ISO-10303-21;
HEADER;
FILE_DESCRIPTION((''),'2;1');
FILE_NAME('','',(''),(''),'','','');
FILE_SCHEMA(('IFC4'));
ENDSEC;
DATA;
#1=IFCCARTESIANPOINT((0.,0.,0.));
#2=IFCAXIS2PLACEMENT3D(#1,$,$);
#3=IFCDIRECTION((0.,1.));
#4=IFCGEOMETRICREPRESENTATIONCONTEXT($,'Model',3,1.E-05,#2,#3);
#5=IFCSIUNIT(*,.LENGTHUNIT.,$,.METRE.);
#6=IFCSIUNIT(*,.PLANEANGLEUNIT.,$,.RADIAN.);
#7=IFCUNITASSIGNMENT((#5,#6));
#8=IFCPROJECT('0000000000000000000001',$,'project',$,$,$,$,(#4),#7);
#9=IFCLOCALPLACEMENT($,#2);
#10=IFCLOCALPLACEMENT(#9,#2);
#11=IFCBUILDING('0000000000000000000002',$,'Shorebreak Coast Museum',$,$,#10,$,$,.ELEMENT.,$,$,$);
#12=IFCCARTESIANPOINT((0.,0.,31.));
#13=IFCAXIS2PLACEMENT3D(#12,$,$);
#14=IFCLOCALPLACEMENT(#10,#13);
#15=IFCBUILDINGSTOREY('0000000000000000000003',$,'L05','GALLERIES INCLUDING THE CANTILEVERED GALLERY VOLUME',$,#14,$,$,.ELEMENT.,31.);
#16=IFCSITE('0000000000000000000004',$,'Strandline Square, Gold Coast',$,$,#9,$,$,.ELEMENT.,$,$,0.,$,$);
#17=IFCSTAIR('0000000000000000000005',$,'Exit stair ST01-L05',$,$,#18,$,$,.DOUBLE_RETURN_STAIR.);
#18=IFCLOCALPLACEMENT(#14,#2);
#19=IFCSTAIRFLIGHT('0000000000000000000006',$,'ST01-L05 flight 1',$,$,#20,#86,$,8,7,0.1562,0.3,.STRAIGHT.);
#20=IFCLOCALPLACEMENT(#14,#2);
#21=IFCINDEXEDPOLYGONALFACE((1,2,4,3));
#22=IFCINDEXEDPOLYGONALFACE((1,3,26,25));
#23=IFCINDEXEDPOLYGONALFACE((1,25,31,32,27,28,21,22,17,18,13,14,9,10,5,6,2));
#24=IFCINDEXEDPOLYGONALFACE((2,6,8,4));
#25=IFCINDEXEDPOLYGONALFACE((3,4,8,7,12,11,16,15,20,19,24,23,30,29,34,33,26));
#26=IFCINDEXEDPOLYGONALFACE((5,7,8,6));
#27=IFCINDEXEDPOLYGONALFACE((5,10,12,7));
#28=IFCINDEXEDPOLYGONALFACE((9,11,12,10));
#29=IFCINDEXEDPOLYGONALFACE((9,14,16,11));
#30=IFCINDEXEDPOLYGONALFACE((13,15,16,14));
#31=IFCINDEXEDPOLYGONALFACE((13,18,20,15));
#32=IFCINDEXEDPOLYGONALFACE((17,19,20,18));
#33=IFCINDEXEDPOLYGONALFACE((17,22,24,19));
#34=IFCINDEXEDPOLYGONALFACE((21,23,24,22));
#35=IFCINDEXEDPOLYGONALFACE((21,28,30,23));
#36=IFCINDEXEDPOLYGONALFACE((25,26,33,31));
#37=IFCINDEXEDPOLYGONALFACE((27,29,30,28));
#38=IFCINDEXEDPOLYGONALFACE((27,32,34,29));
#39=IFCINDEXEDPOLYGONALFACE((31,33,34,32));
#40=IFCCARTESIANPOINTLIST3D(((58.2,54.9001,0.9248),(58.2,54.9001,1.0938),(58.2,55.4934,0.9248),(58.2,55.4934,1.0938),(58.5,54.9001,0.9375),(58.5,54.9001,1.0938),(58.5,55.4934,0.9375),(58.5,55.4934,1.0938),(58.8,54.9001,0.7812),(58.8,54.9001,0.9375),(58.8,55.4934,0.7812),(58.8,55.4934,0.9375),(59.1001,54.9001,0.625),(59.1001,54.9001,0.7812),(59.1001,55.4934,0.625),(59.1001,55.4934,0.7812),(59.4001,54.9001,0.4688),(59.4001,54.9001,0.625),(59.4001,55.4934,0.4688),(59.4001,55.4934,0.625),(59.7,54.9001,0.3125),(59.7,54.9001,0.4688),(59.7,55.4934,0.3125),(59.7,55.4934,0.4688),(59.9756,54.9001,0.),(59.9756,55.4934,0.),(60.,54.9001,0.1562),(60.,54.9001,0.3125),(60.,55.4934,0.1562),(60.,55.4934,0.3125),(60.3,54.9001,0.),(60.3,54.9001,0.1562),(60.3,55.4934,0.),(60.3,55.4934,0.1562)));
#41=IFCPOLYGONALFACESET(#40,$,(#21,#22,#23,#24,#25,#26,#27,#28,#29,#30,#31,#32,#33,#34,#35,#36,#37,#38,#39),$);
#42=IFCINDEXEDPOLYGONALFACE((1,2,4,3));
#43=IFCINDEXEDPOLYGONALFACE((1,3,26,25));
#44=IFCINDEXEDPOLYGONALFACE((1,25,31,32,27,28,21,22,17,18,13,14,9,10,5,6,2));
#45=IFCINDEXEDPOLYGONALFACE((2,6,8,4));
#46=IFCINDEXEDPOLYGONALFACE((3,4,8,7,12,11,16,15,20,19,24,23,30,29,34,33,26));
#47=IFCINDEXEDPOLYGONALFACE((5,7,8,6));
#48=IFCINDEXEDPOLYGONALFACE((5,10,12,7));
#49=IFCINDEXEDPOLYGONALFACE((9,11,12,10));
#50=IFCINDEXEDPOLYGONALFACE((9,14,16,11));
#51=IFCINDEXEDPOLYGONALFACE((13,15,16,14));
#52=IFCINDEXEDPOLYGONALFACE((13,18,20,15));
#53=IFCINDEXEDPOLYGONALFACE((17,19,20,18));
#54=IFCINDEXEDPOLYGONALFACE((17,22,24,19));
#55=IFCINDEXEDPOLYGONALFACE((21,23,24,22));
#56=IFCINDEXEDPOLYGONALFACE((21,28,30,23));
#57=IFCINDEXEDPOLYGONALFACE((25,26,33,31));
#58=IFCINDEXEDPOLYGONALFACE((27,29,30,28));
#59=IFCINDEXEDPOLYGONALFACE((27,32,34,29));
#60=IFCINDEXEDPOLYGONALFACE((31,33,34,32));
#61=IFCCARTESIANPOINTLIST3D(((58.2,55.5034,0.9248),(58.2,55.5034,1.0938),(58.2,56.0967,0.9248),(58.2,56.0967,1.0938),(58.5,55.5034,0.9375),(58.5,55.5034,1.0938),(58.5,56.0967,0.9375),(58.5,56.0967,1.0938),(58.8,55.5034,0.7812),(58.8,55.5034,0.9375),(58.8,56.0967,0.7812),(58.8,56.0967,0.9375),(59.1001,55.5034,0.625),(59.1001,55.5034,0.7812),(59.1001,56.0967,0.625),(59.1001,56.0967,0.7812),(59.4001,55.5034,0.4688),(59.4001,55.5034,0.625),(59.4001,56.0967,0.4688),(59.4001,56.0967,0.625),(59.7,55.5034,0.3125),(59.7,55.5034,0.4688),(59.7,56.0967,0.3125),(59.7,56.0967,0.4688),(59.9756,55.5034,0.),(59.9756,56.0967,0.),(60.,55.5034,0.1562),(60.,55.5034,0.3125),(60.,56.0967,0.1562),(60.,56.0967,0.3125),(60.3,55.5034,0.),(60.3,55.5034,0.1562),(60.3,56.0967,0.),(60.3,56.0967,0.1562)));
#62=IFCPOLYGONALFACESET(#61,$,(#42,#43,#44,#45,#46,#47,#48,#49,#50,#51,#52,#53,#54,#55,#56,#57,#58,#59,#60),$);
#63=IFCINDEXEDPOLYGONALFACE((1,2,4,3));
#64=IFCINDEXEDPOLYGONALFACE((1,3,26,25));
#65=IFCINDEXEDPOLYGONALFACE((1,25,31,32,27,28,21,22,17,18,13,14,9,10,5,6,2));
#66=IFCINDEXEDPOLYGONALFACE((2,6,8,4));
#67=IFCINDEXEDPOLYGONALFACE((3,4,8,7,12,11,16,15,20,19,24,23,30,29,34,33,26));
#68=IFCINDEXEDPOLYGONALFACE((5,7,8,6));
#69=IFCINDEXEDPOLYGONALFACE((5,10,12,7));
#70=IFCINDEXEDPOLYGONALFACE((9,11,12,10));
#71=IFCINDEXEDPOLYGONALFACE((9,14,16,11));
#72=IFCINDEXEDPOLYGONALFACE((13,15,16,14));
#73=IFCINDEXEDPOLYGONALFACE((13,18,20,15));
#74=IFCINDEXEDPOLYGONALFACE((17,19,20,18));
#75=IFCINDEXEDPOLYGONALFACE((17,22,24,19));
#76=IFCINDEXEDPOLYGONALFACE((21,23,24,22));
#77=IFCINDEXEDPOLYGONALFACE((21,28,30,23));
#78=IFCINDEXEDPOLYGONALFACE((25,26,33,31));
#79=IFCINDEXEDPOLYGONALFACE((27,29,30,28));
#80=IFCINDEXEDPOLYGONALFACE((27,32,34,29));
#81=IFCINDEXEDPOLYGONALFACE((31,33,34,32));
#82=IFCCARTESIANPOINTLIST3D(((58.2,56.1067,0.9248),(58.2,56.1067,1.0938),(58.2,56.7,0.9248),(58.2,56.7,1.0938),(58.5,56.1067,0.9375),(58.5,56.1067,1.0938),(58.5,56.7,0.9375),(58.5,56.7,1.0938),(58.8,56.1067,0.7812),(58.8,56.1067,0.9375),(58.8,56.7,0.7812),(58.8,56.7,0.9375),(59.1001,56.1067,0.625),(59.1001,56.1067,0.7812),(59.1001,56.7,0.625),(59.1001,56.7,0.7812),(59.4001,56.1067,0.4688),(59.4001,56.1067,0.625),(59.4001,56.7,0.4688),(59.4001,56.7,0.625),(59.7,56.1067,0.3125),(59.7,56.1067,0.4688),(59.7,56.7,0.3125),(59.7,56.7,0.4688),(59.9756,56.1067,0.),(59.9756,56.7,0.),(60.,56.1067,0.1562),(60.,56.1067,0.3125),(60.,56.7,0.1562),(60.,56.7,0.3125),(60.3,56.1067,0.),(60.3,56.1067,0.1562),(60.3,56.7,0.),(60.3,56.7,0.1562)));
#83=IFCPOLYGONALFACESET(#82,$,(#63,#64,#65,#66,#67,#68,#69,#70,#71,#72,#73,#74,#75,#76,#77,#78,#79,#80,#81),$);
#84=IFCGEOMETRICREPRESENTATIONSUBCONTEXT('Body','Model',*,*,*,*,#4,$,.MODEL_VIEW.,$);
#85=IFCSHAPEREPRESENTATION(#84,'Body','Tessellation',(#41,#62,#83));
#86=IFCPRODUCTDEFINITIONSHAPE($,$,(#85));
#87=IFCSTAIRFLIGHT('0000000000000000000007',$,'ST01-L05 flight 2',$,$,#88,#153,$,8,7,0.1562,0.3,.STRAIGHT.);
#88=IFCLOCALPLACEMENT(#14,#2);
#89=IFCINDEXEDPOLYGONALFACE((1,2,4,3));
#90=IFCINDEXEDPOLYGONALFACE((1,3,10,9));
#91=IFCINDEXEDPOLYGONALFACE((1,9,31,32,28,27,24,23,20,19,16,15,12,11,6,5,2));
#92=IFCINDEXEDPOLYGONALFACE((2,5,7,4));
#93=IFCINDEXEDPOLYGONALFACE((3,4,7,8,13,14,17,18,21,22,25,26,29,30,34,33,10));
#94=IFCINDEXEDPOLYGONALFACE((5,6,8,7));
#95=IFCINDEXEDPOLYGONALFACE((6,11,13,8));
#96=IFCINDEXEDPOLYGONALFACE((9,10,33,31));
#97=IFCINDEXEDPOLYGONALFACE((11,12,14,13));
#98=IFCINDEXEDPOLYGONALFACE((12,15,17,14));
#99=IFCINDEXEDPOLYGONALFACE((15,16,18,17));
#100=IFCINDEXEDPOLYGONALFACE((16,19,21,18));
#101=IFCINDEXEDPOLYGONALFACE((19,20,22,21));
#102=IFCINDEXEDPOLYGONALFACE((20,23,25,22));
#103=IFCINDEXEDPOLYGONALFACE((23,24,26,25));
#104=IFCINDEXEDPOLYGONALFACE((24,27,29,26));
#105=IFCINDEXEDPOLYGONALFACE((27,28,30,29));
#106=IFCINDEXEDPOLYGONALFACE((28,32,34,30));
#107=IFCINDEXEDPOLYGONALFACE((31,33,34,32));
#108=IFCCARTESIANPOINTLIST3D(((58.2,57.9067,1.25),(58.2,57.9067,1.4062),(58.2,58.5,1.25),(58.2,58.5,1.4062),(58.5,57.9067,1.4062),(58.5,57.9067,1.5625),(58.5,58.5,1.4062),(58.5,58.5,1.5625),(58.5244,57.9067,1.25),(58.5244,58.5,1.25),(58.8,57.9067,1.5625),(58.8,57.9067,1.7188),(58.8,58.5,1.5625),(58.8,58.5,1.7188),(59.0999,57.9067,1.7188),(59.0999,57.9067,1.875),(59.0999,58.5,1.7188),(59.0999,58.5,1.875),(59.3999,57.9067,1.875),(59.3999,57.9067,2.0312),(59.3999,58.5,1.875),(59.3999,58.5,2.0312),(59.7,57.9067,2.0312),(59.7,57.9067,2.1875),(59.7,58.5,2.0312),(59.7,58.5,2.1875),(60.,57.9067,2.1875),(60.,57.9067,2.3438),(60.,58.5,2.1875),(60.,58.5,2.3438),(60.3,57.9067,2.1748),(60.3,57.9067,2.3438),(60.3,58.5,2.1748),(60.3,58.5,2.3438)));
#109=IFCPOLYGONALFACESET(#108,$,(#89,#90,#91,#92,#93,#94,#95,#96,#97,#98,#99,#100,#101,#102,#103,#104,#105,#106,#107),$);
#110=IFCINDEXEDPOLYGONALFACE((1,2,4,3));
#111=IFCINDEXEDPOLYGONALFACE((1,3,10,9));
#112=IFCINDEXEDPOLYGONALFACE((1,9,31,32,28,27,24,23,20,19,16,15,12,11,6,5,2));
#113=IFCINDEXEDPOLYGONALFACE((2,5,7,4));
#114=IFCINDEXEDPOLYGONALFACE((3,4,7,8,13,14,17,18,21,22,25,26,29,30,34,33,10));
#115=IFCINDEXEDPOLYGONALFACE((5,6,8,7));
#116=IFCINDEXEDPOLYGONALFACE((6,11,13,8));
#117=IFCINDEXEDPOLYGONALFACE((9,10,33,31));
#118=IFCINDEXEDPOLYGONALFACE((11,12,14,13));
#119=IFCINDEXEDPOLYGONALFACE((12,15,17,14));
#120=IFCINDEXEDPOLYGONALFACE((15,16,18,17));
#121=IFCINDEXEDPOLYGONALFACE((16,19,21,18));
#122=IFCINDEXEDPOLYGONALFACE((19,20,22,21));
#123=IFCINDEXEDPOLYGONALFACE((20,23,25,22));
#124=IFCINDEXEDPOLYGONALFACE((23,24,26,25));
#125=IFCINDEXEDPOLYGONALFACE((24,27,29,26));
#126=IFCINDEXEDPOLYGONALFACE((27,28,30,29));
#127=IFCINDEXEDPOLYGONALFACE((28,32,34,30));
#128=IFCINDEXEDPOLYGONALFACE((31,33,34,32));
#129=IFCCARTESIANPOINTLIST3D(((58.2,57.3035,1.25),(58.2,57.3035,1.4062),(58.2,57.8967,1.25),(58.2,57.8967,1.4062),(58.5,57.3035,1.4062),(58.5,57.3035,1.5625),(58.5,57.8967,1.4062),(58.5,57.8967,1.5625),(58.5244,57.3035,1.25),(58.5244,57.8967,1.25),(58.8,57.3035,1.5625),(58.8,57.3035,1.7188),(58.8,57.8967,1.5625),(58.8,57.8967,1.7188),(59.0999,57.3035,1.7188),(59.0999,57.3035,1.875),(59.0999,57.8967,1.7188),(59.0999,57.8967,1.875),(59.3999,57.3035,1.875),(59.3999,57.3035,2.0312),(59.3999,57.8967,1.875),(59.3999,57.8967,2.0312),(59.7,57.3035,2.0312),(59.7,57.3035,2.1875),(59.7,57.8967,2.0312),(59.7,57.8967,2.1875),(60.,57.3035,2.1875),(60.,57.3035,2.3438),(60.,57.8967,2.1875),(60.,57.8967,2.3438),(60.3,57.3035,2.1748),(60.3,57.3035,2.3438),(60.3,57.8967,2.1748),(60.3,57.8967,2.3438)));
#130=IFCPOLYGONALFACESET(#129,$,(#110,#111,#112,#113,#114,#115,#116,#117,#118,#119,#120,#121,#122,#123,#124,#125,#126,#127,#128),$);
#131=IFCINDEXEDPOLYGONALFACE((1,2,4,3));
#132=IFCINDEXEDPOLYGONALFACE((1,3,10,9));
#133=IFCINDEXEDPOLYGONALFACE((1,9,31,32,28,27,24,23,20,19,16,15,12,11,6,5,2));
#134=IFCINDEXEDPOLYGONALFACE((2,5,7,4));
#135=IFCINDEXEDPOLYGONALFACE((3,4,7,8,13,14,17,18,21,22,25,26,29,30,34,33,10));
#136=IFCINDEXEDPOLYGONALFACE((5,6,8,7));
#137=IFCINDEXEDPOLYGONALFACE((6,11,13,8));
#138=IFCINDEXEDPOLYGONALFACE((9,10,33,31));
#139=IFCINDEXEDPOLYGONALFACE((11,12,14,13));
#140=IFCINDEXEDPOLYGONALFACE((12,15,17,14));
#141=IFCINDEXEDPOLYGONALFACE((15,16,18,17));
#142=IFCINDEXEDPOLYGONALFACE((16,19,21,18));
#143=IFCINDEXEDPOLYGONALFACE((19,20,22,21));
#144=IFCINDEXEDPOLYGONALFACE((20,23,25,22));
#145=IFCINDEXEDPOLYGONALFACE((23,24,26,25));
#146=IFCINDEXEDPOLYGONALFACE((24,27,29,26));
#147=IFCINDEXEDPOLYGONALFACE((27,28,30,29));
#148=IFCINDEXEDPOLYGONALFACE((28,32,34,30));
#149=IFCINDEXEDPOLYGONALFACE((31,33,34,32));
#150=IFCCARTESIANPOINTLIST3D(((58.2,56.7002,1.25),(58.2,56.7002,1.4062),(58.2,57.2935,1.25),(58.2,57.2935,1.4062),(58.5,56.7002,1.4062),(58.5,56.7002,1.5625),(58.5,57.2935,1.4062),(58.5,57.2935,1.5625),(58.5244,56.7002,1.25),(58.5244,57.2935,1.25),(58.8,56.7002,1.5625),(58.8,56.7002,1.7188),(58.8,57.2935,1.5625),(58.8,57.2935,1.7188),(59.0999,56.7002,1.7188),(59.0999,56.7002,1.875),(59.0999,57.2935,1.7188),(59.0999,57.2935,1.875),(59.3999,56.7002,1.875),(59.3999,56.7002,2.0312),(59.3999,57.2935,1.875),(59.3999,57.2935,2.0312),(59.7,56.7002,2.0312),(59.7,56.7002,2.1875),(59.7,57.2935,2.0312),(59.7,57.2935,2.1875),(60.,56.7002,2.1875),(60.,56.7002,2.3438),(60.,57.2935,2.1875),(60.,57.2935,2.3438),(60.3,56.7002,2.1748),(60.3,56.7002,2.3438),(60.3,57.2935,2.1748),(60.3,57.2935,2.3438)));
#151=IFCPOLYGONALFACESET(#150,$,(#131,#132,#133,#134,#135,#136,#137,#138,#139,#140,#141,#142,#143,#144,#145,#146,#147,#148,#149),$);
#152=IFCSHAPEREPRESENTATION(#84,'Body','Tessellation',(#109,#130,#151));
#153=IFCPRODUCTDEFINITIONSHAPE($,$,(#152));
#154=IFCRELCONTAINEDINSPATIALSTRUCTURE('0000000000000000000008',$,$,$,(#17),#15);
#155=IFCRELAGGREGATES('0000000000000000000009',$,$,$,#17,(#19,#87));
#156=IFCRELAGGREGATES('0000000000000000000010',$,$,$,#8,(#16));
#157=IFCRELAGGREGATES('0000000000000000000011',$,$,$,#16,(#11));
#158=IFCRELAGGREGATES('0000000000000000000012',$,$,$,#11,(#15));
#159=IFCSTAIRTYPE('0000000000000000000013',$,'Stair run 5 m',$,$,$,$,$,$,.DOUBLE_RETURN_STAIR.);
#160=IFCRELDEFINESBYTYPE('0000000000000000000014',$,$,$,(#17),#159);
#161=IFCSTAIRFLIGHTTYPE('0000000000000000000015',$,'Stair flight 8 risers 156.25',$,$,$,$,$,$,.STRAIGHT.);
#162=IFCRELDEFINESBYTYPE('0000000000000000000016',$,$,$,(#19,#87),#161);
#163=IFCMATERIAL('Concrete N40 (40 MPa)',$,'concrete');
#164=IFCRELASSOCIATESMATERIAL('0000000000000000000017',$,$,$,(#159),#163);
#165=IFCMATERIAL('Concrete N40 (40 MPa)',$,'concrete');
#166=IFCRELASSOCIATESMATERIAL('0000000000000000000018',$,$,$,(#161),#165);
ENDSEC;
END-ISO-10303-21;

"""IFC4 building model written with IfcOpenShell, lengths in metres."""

from ifc_helpers import new_model, si_unit, direction, frame, origin, place, context, subcontext, project, spatial, polyline, outline, extrude, material, type_object, element, aggregate, save


model = new_model("IFC4")

# Units and contexts
model_context = context("Model", 3, precision=1e-05, world=origin(), true_north=direction((0.0, 1.0)))
body_context = subcontext(model_context, "Body", "Model", "MODEL_VIEW")
ifc_project = project(units=[si_unit("LENGTHUNIT", "METRE"), si_unit("PLANEANGLEUNIT", "RADIAN")], contexts=[model_context])

# Site, building, storey
site_placement = place(None, origin())
site = spatial("IfcSite", under=ifc_project, at=site_placement, Name="Strandline Square, Gold Coast", CompositionType="ELEMENT", RefElevation=0.0)
building_placement = place(site_placement, origin())
building = spatial("IfcBuilding", under=site, at=building_placement, Name="Shorebreak Coast Museum", CompositionType="ELEMENT")
storey_placement = place(building_placement, frame((0.0, 0.0, 31.0)))
storey = spatial("IfcBuildingStorey", under=building, at=storey_placement, Name="L05", Description="GALLERIES INCLUDING THE CANTILEVERED GALLERY VOLUME", CompositionType="ELEMENT", Elevation=31.0)

# Stair, stair flights
ifc_material_1 = material(Name="Concrete N40 (40 MPa)", Category="concrete")
stair_type = type_object("IfcStairType", Name="Stair run 5 m", PredefinedType="DOUBLE_RETURN_STAIR", material=ifc_material_1)
stair_placement = place(storey_placement, origin())
stair = element("IfcStair", 1, at=stair_placement, inside=storey, type_object=stair_type, Name="Exit stair ST01-L05", PredefinedType="DOUBLE_RETURN_STAIR")
ifc_material_2 = material(Name="Concrete N40 (40 MPa)", Category="concrete")
stair_flight_type = type_object("IfcStairFlightType", Name="Stair flight 8 risers 156.25", PredefinedType="STRAIGHT", material=ifc_material_2)
stair_flight_1_placement = place(storey_placement, frame((60.3, 55.8, 0.0), z_axis=(0.0, 0.0, 1.0), x_axis=(-1.0, 0.0, 0.0)))
stair_flight_1 = element("IfcStairFlight", 2, at=stair_flight_1_placement, type_object=stair_flight_type, Name="ST01-L05 flight 1", NumberOfRisers=8, NumberOfTreads=7, PredefinedType="STRAIGHT", RiserHeight=0.1562, TreadLength=0.3, context=body_context, shape_type="SweptSolid", body=[
    extrude(outline(polyline([(0.0, 0.0), (0.0, 0.1562), (0.3, 0.1562), (0.3, 0.3125), (0.6001, 0.3125), (0.6001, 0.4688), (0.8999, 0.4688), (0.8999, 0.625), (1.2, 0.625), (1.2, 0.7812), (1.5, 0.7812), (1.5, 0.9375), (1.8, 0.9375), (1.8, 1.0938), (2.1001, 1.0938), (2.1001, 1.25), (2.1001, 0.9248), (0.3245, 0.0), (0.0, 0.0)])), frame((0.0, 0.8999, 0.0), z_axis=(0.0, -1.0, 0.0), x_axis=(1.0, 0.0, 0.0)), (0.0, 0.0, 1.0), 0.5933),
    extrude(outline(polyline([(0.0, 0.0), (0.0, 0.1562), (0.3, 0.1562), (0.3, 0.3125), (0.6001, 0.3125), (0.6001, 0.4688), (0.8999, 0.4688), (0.8999, 0.625), (1.2, 0.625), (1.2, 0.7812), (1.5, 0.7812), (1.5, 0.9375), (1.8, 0.9375), (1.8, 1.0938), (2.1001, 1.0938), (2.1001, 1.25), (2.1001, 0.9248), (0.3245, 0.0), (0.0, 0.0)])), frame((0.0, 0.2966, 0.0), z_axis=(0.0, -1.0, 0.0), x_axis=(1.0, 0.0, 0.0)), (0.0, 0.0, 1.0), 0.5933),
    extrude(outline(polyline([(0.0, 0.0), (0.0, 0.1562), (0.3, 0.1562), (0.3, 0.3125), (0.6001, 0.3125), (0.6001, 0.4688), (0.8999, 0.4688), (0.8999, 0.625), (1.2, 0.625), (1.2, 0.7812), (1.5, 0.7812), (1.5, 0.9375), (1.8, 0.9375), (1.8, 1.0938), (2.1001, 1.0938), (2.1001, 1.25), (2.1001, 0.9248), (0.3245, 0.0), (0.0, 0.0)])), frame((0.0, -0.3066, 0.0), z_axis=(0.0, -1.0, 0.0), x_axis=(1.0, 0.0, 0.0)), (0.0, 0.0, 1.0), 0.5933),
])
stair_flight_2_placement = place(storey_placement, frame((58.2, 57.6001, 1.25), z_axis=(0.0, 0.0, 1.0), x_axis=(1.0, 0.0, 0.0)))
stair_flight_2 = element("IfcStairFlight", 3, at=stair_flight_2_placement, type_object=stair_flight_type, Name="ST01-L05 flight 2", NumberOfRisers=8, NumberOfTreads=7, PredefinedType="STRAIGHT", RiserHeight=0.1562, TreadLength=0.3, context=body_context, shape_type="SweptSolid", body=[
    extrude(outline(polyline([(0.0, 0.0), (0.0, 0.1562), (0.3, 0.1562), (0.3, 0.3125), (0.6001, 0.3125), (0.6001, 0.4688), (0.8999, 0.4688), (0.8999, 0.625), (1.2, 0.625), (1.2, 0.7812), (1.5, 0.7812), (1.5, 0.9375), (1.8, 0.9375), (1.8, 1.0938), (2.1001, 1.0938), (2.1001, 1.25), (2.1001, 0.9248), (0.3245, 0.0), (0.0, 0.0)])), frame((0.0, 0.8999, 0.0), z_axis=(0.0, -1.0, 0.0), x_axis=(1.0, 0.0, 0.0)), (0.0, 0.0, 1.0), 0.5933),
    extrude(outline(polyline([(0.0, 0.0), (0.0, 0.1562), (0.3, 0.1562), (0.3, 0.3125), (0.6001, 0.3125), (0.6001, 0.4688), (0.8999, 0.4688), (0.8999, 0.625), (1.2, 0.625), (1.2, 0.7812), (1.5, 0.7812), (1.5, 0.9375), (1.8, 0.9375), (1.8, 1.0938), (2.1001, 1.0938), (2.1001, 1.25), (2.1001, 0.9248), (0.3245, 0.0), (0.0, 0.0)])), frame((0.0, 0.2966, 0.0), z_axis=(0.0, -1.0, 0.0), x_axis=(1.0, 0.0, 0.0)), (0.0, 0.0, 1.0), 0.5933),
    extrude(outline(polyline([(0.0, 0.0), (0.0, 0.1562), (0.3, 0.1562), (0.3, 0.3125), (0.6001, 0.3125), (0.6001, 0.4688), (0.8999, 0.4688), (0.8999, 0.625), (1.2, 0.625), (1.2, 0.7812), (1.5, 0.7812), (1.5, 0.9375), (1.8, 0.9375), (1.8, 1.0938), (2.1001, 1.0938), (2.1001, 1.25), (2.1001, 0.9248), (0.3245, 0.0), (0.0, 0.0)])), frame((0.0, -0.3066, 0.0), z_axis=(0.0, -1.0, 0.0), x_axis=(1.0, 0.0, 0.0)), (0.0, 0.0, 1.0), 0.5933),
])
aggregate(stair, [stair_flight_1, stair_flight_2])

save(model, "model.ifc")
